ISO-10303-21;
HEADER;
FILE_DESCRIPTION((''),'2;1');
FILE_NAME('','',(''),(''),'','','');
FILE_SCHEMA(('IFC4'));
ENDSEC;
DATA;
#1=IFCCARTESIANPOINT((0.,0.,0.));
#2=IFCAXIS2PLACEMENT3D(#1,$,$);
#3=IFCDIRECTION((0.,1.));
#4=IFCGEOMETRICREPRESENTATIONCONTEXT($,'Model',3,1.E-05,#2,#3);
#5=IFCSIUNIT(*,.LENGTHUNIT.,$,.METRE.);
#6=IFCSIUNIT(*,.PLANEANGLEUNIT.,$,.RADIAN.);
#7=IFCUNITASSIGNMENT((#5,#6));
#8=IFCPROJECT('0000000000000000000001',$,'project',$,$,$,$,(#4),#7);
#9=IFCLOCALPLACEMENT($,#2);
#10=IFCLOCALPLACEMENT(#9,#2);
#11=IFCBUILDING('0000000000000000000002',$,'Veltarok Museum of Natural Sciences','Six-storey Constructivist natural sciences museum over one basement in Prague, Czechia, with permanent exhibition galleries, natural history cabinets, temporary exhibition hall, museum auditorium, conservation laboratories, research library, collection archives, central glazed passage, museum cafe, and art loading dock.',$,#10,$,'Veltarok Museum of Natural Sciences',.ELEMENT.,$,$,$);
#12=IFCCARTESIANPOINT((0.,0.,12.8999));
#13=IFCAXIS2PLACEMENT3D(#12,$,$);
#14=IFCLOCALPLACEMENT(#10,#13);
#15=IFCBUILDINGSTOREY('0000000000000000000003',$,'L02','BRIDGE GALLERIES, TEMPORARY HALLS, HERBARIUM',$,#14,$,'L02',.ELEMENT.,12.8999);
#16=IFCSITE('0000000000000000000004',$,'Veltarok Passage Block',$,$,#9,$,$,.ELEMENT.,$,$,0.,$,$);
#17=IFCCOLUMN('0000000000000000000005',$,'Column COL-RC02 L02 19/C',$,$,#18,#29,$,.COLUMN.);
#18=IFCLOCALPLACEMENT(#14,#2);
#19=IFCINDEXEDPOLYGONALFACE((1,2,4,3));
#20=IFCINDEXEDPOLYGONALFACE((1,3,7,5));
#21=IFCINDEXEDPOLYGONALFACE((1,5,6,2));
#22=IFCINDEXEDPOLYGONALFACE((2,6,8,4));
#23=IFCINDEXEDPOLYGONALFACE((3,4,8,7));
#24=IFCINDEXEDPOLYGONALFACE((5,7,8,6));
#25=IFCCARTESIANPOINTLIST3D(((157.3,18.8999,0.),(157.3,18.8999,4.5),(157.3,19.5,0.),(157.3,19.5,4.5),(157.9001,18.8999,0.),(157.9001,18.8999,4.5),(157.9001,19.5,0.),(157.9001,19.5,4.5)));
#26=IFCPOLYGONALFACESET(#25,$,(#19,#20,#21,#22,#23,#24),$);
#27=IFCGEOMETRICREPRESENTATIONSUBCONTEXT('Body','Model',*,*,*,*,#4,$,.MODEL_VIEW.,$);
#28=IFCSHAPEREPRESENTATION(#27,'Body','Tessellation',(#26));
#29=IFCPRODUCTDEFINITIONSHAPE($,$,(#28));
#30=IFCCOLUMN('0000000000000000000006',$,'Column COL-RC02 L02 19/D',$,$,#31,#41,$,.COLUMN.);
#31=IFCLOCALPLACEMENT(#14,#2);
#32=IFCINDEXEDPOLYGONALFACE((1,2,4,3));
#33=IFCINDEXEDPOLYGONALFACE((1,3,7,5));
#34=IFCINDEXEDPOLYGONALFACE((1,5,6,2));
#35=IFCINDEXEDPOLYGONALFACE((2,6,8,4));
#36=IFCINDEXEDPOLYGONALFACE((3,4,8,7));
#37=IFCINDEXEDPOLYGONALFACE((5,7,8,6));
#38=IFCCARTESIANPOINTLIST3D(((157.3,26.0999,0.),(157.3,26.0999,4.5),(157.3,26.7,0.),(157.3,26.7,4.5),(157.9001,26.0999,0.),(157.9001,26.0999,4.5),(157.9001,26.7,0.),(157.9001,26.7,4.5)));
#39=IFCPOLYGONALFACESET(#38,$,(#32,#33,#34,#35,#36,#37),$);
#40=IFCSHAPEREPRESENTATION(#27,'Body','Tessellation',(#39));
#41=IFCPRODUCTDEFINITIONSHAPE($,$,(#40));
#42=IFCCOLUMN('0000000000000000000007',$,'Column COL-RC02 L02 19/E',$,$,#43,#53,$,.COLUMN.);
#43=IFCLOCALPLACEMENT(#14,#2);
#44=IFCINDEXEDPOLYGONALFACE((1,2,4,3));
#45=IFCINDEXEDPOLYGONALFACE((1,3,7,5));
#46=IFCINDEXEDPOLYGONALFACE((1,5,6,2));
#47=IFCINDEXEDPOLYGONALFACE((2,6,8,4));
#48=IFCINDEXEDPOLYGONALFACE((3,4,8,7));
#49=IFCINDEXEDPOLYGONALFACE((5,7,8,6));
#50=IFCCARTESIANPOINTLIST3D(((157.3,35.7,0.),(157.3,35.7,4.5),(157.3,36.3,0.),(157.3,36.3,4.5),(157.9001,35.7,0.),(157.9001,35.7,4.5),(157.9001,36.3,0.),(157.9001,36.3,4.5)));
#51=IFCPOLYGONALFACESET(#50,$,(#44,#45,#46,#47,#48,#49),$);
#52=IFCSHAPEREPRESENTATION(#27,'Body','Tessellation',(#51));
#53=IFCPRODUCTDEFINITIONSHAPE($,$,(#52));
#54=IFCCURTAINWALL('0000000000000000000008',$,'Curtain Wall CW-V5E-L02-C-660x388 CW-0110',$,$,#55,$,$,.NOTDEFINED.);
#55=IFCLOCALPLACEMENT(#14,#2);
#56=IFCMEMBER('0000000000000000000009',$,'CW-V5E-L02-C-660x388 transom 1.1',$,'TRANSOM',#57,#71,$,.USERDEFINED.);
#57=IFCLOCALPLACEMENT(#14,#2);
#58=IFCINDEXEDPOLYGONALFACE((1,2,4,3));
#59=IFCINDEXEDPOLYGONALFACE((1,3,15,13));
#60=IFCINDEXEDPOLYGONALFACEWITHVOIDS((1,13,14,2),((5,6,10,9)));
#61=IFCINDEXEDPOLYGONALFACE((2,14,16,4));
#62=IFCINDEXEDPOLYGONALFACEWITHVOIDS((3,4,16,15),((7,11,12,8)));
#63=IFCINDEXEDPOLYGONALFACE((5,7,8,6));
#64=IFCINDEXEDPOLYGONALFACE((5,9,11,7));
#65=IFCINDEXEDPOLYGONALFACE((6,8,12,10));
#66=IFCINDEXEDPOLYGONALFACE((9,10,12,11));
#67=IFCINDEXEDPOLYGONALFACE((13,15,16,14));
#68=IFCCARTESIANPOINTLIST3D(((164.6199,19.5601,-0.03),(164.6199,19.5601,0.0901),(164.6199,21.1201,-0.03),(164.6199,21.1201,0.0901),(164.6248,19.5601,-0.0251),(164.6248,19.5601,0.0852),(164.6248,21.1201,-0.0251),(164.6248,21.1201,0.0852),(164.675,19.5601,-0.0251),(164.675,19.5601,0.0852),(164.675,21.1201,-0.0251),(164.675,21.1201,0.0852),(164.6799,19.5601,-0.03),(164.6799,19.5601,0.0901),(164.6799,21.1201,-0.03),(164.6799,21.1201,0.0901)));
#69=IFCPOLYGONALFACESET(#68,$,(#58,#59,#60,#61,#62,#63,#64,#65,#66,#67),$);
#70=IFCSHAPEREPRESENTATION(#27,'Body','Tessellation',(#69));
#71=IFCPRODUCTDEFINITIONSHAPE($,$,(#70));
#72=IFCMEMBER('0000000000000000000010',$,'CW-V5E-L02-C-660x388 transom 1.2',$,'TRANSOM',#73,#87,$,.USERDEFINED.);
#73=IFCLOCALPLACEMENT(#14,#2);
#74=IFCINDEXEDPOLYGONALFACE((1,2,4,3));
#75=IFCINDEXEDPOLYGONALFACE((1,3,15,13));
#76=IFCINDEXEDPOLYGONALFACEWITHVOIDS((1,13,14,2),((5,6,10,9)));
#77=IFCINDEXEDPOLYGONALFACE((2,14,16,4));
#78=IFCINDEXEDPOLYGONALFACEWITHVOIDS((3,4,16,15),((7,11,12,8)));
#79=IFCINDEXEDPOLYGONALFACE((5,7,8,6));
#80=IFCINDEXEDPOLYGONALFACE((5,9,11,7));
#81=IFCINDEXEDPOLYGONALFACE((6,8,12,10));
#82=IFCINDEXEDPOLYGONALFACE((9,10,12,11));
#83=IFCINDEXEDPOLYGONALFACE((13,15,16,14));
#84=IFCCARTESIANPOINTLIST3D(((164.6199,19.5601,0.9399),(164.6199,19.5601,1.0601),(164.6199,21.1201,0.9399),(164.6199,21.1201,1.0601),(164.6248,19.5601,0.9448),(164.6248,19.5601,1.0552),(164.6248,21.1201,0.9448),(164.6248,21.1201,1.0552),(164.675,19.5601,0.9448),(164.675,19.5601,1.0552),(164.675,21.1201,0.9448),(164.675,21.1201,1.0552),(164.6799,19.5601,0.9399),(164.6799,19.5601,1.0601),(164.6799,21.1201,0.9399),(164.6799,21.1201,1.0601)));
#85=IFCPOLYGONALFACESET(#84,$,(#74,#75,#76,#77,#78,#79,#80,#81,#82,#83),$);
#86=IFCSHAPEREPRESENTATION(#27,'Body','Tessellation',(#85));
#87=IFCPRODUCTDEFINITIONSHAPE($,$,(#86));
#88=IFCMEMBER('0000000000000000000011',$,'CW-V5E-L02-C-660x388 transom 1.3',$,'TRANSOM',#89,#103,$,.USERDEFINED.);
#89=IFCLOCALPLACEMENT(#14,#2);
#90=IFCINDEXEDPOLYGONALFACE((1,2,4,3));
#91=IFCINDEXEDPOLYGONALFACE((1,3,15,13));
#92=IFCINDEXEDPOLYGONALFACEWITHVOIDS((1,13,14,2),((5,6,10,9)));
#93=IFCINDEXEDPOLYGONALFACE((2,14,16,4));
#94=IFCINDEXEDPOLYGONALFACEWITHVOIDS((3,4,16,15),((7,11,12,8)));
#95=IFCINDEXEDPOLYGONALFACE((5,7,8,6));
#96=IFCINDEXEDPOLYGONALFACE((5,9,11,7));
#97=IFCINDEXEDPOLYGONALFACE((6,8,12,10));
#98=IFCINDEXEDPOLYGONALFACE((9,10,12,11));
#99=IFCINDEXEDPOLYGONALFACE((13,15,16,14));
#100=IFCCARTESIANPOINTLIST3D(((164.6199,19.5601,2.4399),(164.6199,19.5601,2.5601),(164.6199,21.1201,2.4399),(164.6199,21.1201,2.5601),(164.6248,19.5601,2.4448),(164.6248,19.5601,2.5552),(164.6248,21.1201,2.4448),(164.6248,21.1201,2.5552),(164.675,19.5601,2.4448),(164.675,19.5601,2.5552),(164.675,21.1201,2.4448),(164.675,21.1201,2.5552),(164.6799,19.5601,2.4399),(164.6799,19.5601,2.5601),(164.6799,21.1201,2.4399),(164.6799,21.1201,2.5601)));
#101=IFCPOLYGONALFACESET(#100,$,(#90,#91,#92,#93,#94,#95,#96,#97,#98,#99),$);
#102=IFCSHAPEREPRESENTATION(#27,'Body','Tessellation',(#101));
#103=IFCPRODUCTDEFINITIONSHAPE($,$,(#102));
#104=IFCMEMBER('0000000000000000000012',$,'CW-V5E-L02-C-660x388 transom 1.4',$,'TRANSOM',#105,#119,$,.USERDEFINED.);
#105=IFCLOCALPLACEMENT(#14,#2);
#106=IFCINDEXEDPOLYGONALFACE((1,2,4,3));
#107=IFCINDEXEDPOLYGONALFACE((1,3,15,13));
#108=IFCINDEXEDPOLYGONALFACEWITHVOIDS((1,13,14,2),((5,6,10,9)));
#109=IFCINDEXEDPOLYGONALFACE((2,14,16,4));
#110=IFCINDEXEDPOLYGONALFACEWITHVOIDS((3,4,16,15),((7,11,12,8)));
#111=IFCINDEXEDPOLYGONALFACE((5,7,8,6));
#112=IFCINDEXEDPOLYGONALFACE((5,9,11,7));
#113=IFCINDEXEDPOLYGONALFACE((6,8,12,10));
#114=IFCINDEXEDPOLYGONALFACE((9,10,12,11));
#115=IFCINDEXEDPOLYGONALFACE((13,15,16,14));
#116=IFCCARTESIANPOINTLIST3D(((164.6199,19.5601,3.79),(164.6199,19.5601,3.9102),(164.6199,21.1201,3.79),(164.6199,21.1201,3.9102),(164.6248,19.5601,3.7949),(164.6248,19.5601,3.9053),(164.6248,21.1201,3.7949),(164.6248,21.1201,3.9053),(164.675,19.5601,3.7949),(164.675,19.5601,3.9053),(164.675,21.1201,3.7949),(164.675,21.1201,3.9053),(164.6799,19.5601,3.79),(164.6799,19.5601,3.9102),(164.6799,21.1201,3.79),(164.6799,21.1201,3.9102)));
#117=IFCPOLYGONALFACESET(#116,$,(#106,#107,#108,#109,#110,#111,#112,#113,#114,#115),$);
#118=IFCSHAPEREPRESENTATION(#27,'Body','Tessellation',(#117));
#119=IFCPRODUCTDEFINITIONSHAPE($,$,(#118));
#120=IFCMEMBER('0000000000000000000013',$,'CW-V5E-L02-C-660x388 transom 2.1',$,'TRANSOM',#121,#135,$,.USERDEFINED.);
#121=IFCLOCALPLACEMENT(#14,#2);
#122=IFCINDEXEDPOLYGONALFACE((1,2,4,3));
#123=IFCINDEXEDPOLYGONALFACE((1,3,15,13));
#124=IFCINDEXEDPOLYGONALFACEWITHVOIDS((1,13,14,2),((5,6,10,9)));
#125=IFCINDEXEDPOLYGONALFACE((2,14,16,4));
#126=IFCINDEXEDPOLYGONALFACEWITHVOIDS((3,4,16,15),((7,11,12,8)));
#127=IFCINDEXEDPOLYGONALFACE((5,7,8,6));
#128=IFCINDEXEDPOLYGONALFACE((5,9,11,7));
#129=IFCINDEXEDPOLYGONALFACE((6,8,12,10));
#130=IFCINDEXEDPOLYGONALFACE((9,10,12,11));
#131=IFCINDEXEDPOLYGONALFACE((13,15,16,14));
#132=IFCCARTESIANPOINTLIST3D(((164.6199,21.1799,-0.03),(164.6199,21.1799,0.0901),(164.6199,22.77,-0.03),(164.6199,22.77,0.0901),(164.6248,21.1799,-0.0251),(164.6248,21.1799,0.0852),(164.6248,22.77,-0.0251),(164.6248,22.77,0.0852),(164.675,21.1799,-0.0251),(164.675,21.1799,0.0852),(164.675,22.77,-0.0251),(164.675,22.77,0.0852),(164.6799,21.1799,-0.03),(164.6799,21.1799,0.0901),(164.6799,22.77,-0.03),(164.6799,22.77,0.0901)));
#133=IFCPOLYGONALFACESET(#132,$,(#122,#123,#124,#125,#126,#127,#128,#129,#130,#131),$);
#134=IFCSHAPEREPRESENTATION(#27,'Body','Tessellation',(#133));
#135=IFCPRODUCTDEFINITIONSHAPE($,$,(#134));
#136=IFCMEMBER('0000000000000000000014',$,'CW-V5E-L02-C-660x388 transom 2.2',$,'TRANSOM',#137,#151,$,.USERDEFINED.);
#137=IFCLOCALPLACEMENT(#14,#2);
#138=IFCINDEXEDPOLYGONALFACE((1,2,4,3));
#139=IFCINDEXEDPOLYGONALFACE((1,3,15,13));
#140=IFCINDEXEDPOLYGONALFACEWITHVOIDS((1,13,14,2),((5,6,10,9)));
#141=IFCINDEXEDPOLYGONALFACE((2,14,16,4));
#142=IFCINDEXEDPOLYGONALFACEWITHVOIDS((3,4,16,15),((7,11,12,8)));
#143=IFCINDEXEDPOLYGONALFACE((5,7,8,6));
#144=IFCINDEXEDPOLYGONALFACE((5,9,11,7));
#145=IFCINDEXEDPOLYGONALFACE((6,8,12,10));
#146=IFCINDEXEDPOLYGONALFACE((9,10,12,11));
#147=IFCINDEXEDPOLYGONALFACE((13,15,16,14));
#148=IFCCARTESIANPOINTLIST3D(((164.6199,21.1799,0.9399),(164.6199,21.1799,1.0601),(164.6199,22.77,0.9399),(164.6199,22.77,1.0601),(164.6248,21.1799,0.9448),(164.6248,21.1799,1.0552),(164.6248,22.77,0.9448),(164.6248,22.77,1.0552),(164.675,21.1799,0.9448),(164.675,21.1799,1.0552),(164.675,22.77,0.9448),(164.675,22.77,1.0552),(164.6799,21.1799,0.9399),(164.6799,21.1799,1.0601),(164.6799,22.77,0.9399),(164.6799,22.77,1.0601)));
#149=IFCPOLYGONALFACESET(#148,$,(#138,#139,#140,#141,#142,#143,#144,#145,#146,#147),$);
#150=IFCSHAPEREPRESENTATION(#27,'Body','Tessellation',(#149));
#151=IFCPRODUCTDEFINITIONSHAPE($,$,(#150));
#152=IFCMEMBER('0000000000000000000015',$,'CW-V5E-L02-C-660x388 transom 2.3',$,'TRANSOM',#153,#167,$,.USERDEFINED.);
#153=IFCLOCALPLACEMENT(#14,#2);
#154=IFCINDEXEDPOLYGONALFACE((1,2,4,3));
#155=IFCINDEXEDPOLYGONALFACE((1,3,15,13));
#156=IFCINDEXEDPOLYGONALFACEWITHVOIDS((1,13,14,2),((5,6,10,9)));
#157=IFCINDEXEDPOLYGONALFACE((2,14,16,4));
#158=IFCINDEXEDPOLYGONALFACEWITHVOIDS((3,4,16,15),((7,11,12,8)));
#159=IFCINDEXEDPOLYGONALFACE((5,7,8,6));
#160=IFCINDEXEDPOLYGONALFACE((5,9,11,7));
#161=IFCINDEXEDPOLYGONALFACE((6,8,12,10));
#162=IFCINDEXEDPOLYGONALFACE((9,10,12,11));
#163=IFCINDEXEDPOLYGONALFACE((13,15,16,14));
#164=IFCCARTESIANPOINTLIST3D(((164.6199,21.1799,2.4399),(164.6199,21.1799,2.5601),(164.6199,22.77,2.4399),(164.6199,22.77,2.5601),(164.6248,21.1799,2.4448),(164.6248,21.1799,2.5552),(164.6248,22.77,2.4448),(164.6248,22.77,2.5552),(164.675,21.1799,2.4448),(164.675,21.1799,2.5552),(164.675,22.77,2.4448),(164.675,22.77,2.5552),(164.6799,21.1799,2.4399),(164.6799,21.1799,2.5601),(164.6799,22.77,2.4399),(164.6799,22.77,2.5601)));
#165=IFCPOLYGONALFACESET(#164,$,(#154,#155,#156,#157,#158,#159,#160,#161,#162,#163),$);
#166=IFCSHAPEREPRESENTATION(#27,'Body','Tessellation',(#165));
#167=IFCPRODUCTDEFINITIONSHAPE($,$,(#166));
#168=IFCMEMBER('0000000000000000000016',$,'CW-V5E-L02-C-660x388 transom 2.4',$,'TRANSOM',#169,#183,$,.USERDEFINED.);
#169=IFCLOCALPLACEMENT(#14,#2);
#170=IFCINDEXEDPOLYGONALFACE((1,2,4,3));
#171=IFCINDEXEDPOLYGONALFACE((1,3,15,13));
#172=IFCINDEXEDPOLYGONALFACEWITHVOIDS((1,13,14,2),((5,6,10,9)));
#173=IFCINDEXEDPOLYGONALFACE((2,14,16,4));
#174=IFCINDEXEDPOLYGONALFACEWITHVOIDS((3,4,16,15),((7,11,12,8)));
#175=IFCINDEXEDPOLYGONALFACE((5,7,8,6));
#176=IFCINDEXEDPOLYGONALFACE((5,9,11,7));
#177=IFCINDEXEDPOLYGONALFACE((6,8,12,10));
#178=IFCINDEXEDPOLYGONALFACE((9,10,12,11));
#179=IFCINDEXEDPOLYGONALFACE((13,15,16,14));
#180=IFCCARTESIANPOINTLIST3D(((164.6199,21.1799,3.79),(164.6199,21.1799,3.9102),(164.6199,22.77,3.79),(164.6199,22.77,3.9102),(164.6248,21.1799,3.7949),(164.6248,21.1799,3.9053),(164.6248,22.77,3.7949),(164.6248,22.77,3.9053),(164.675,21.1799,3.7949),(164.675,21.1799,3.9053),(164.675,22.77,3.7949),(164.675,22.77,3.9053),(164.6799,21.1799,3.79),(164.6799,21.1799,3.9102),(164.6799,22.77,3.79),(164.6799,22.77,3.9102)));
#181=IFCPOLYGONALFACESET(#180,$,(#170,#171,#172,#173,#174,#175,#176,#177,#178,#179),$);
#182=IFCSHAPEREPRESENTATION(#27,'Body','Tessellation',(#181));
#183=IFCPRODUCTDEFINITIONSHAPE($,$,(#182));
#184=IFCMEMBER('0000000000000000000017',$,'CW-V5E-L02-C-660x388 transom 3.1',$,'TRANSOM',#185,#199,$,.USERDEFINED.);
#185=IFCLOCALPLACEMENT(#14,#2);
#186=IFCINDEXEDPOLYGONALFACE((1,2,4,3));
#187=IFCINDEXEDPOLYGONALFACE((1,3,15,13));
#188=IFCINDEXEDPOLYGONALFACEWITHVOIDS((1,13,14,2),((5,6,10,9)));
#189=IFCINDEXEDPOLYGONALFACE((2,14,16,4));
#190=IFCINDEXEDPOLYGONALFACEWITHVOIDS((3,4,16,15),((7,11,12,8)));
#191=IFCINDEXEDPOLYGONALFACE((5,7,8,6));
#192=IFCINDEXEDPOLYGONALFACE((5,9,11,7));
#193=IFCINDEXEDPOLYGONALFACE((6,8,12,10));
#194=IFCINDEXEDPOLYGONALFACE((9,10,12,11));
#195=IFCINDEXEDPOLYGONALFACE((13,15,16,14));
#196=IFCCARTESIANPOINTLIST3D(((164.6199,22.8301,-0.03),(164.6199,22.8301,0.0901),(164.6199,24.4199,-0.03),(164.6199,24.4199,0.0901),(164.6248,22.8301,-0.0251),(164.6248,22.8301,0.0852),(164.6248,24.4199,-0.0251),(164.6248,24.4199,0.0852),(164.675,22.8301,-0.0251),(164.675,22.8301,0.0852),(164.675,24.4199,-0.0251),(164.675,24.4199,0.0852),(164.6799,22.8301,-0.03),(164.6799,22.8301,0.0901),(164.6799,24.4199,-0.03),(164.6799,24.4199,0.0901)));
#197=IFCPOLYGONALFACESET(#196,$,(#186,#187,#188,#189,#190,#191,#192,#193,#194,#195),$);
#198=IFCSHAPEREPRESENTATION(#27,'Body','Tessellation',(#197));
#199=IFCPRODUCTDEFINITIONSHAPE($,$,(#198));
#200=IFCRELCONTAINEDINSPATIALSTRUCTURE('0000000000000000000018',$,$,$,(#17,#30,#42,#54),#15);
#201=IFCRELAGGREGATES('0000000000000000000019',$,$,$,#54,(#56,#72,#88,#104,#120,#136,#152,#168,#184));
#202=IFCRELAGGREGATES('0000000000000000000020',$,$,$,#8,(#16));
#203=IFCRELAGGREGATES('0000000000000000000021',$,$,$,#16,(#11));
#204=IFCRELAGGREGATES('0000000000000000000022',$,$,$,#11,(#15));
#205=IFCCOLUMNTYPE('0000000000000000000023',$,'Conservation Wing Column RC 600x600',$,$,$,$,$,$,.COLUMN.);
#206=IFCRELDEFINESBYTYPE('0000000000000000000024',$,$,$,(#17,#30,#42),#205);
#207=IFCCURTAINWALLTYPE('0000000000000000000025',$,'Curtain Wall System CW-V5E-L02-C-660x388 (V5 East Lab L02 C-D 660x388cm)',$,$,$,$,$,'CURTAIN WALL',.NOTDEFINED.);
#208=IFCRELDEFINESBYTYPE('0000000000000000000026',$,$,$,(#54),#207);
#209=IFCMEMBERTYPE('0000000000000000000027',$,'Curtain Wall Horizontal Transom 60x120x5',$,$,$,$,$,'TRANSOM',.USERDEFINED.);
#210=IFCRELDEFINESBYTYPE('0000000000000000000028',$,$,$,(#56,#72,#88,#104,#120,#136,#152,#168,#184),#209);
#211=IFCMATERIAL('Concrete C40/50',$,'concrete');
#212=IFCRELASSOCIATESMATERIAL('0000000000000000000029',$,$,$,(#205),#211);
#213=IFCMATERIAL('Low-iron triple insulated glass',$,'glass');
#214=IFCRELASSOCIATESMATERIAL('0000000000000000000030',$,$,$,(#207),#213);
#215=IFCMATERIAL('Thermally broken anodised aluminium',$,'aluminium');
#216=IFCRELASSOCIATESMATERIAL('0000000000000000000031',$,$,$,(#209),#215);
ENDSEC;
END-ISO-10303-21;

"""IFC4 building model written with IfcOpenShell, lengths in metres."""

from ifc_helpers import new_model, si_unit, direction, frame, origin, origin_2d, place, context, subcontext, project, spatial, rectangle, hollow_rectangle, extrude, material, material_profile, profile_set, type_object, element, aggregate, save


model = new_model("IFC4")

# Units and contexts
model_context = context("Model", 3, precision=1e-05, world=origin(), true_north=direction((0.0, 1.0)))
body_context = subcontext(model_context, "Body", "Model", "MODEL_VIEW")
ifc_project = project(units=[si_unit("LENGTHUNIT", "METRE"), si_unit("PLANEANGLEUNIT", "RADIAN")], contexts=[model_context])

# Site, building, storey
site_placement = place(None, origin())
site = spatial("IfcSite", under=ifc_project, at=site_placement, Name="Veltarok Passage Block", CompositionType="ELEMENT", RefElevation=0.0)
building_placement = place(site_placement, origin())
building = spatial("IfcBuilding", under=site, at=building_placement, Name="Veltarok Museum of Natural Sciences", Description="Six-storey Constructivist natural sciences museum over one basement in Prague, Czechia, with permanent exhibition galleries, natural history cabinets, temporary exhibition hall, museum auditorium, conservation laboratories, research library, collection archives, central glazed passage, museum cafe, and art loading dock.", LongName="Veltarok Museum of Natural Sciences", CompositionType="ELEMENT")
storey_placement = place(building_placement, frame((0.0, 0.0, 12.8999)))
storey = spatial("IfcBuildingStorey", under=building, at=storey_placement, Name="L02", Description="BRIDGE GALLERIES, TEMPORARY HALLS, HERBARIUM", LongName="L02", CompositionType="ELEMENT", Elevation=12.8999)

# Columns
ifc_material_1 = material(Name="Concrete C40/50", Category="concrete")
ifc_material_profile_1 = material_profile(ifc_material_1, rectangle(XDim=0.6001, YDim=0.6001, at=origin_2d()), Name="RC 600x600")
ifc_profile_set_1 = profile_set([ifc_material_profile_1], Name="Concrete C40/50")
column_type = type_object("IfcColumnType", Name="Conservation Wing Column RC 600x600", PredefinedType="COLUMN", material=ifc_profile_set_1)
for number, where, z_axis, x_axis, name in (
    (1, (157.6001, 19.2, 0.0), (0.0, 0.0, 1.0), (1.0, 0.0, 0.0), "Column COL-RC02 L02 19/C"),
    (2, (157.6001, 26.3999, 0.0), (0.0, 0.0, 1.0), (1.0, 0.0, 0.0), "Column COL-RC02 L02 19/D"),
    (3, (157.6001, 36.0, 0.0), (0.0, 0.0, 1.0), (1.0, 0.0, 0.0), "Column COL-RC02 L02 19/E"),
):
    element("IfcColumn", number, at=place(storey_placement, frame(where, z_axis=z_axis, x_axis=x_axis)), inside=storey, type_object=column_type, Name=name, PredefinedType="COLUMN", context=body_context, shape_type="SweptSolid", body=[
        extrude(rectangle(XDim=0.6001, YDim=0.6001, at=origin_2d()), origin(), (0.0, 0.0, 1.0), 4.5),
    ])

# Curtain wall, members
ifc_material_2 = material(Name="Low-iron triple insulated glass", Category="glass")
curtain_wall_type_1 = type_object("IfcCurtainWallType", Name="Curtain Wall System CW-V5E-L02-C-660x388 (V5 East Lab L02 C-D 660x388cm)", ElementType="CURTAIN WALL", PredefinedType="NOTDEFINED", material=ifc_material_2)
curtain_wall_1_placement = place(storey_placement, origin())
curtain_wall_1 = element("IfcCurtainWall", 4, at=curtain_wall_1_placement, inside=storey, type_object=curtain_wall_type_1, Name="Curtain Wall CW-V5E-L02-C-660x388 CW-0110", PredefinedType="NOTDEFINED")
ifc_material_3 = material(Name="Thermally broken anodised aluminium", Category="aluminium")
ifc_material_profile_2 = material_profile(ifc_material_3, hollow_rectangle(XDim=0.0601, YDim=0.1201, WallThickness=0.0049, at=origin_2d()), Name="CW TRANSOM 60x120x5")
ifc_profile_set_2 = profile_set([ifc_material_profile_2], Name="Thermally broken anodised aluminium")
member_type_1 = type_object("IfcMemberType", Name="Curtain Wall Horizontal Transom 60x120x5", ElementType="TRANSOM", PredefinedType="USERDEFINED", material=ifc_profile_set_2)
member_1_placement = place(storey_placement, frame((164.6499, 19.5601, 0.03), z_axis=(0.0, 1.0, 0.0), x_axis=(-1.0, 0.0, 0.0)))
member_1 = element("IfcMember", 5, at=member_1_placement, type_object=member_type_1, Name="CW-V5E-L02-C-660x388 transom 1.1", ObjectType="TRANSOM", PredefinedType="USERDEFINED", context=body_context, shape_type="SweptSolid", body=[
    extrude(hollow_rectangle(XDim=0.0601, YDim=0.1201, WallThickness=0.0049, at=origin_2d()), origin(), (0.0, 0.0, 1.0), 1.5601),
])
member_2_placement = place(storey_placement, frame((164.6499, 19.5601, 1.0), z_axis=(0.0, 1.0, 0.0), x_axis=(-1.0, 0.0, 0.0)))
member_2 = element("IfcMember", 6, at=member_2_placement, type_object=member_type_1, Name="CW-V5E-L02-C-660x388 transom 1.2", ObjectType="TRANSOM", PredefinedType="USERDEFINED", context=body_context, shape_type="SweptSolid", body=[
    extrude(hollow_rectangle(XDim=0.0601, YDim=0.1201, WallThickness=0.0049, at=origin_2d()), origin(), (0.0, 0.0, 1.0), 1.5601),
])
member_3_placement = place(storey_placement, frame((164.6499, 19.5601, 2.5), z_axis=(0.0, 1.0, 0.0), x_axis=(-1.0, 0.0, 0.0)))
member_3 = element("IfcMember", 7, at=member_3_placement, type_object=member_type_1, Name="CW-V5E-L02-C-660x388 transom 1.3", ObjectType="TRANSOM", PredefinedType="USERDEFINED", context=body_context, shape_type="SweptSolid", body=[
    extrude(hollow_rectangle(XDim=0.0601, YDim=0.1201, WallThickness=0.0049, at=origin_2d()), origin(), (0.0, 0.0, 1.0), 1.5601),
])
member_4_placement = place(storey_placement, frame((164.6499, 19.5601, 3.8501), z_axis=(0.0, 1.0, 0.0), x_axis=(-1.0, 0.0, 0.0)))
member_4 = element("IfcMember", 8, at=member_4_placement, type_object=member_type_1, Name="CW-V5E-L02-C-660x388 transom 1.4", ObjectType="TRANSOM", PredefinedType="USERDEFINED", context=body_context, shape_type="SweptSolid", body=[
    extrude(hollow_rectangle(XDim=0.0601, YDim=0.1201, WallThickness=0.0049, at=origin_2d()), origin(), (0.0, 0.0, 1.0), 1.5601),
])
member_5_placement = place(storey_placement, frame((164.6499, 21.1799, 0.03), z_axis=(0.0, 1.0, 0.0), x_axis=(-1.0, 0.0, 0.0)))
member_5 = element("IfcMember", 9, at=member_5_placement, type_object=member_type_1, Name="CW-V5E-L02-C-660x388 transom 2.1", ObjectType="TRANSOM", PredefinedType="USERDEFINED", context=body_context, shape_type="SweptSolid", body=[
    extrude(hollow_rectangle(XDim=0.0601, YDim=0.1201, WallThickness=0.0049, at=origin_2d()), origin(), (0.0, 0.0, 1.0), 1.5901),
])
member_6_placement = place(storey_placement, frame((164.6499, 21.1799, 1.0), z_axis=(0.0, 1.0, 0.0), x_axis=(-1.0, 0.0, 0.0)))
member_6 = element("IfcMember", 10, at=member_6_placement, type_object=member_type_1, Name="CW-V5E-L02-C-660x388 transom 2.2", ObjectType="TRANSOM", PredefinedType="USERDEFINED", context=body_context, shape_type="SweptSolid", body=[
    extrude(hollow_rectangle(XDim=0.0601, YDim=0.1201, WallThickness=0.0049, at=origin_2d()), origin(), (0.0, 0.0, 1.0), 1.5901),
])
member_7_placement = place(storey_placement, frame((164.6499, 21.1799, 2.5), z_axis=(0.0, 1.0, 0.0), x_axis=(-1.0, 0.0, 0.0)))
member_7 = element("IfcMember", 11, at=member_7_placement, type_object=member_type_1, Name="CW-V5E-L02-C-660x388 transom 2.3", ObjectType="TRANSOM", PredefinedType="USERDEFINED", context=body_context, shape_type="SweptSolid", body=[
    extrude(hollow_rectangle(XDim=0.0601, YDim=0.1201, WallThickness=0.0049, at=origin_2d()), origin(), (0.0, 0.0, 1.0), 1.5901),
])
member_8_placement = place(storey_placement, frame((164.6499, 21.1799, 3.8501), z_axis=(0.0, 1.0, 0.0), x_axis=(-1.0, 0.0, 0.0)))
member_8 = element("IfcMember", 12, at=member_8_placement, type_object=member_type_1, Name="CW-V5E-L02-C-660x388 transom 2.4", ObjectType="TRANSOM", PredefinedType="USERDEFINED", context=body_context, shape_type="SweptSolid", body=[
    extrude(hollow_rectangle(XDim=0.0601, YDim=0.1201, WallThickness=0.0049, at=origin_2d()), origin(), (0.0, 0.0, 1.0), 1.5901),
])
member_9_placement = place(storey_placement, frame((164.6499, 22.8301, 0.03), z_axis=(0.0, 1.0, 0.0), x_axis=(-1.0, 0.0, 0.0)))
member_9 = element("IfcMember", 13, at=member_9_placement, type_object=member_type_1, Name="CW-V5E-L02-C-660x388 transom 3.1", ObjectType="TRANSOM", PredefinedType="USERDEFINED", context=body_context, shape_type="SweptSolid", body=[
    extrude(hollow_rectangle(XDim=0.0601, YDim=0.1201, WallThickness=0.0049, at=origin_2d()), origin(), (0.0, 0.0, 1.0), 1.5898),
])

aggregate(curtain_wall_1, [member_1, member_2, member_3, member_4, member_5, member_6, member_7, member_8, member_9])

save(model, "model.ifc")
